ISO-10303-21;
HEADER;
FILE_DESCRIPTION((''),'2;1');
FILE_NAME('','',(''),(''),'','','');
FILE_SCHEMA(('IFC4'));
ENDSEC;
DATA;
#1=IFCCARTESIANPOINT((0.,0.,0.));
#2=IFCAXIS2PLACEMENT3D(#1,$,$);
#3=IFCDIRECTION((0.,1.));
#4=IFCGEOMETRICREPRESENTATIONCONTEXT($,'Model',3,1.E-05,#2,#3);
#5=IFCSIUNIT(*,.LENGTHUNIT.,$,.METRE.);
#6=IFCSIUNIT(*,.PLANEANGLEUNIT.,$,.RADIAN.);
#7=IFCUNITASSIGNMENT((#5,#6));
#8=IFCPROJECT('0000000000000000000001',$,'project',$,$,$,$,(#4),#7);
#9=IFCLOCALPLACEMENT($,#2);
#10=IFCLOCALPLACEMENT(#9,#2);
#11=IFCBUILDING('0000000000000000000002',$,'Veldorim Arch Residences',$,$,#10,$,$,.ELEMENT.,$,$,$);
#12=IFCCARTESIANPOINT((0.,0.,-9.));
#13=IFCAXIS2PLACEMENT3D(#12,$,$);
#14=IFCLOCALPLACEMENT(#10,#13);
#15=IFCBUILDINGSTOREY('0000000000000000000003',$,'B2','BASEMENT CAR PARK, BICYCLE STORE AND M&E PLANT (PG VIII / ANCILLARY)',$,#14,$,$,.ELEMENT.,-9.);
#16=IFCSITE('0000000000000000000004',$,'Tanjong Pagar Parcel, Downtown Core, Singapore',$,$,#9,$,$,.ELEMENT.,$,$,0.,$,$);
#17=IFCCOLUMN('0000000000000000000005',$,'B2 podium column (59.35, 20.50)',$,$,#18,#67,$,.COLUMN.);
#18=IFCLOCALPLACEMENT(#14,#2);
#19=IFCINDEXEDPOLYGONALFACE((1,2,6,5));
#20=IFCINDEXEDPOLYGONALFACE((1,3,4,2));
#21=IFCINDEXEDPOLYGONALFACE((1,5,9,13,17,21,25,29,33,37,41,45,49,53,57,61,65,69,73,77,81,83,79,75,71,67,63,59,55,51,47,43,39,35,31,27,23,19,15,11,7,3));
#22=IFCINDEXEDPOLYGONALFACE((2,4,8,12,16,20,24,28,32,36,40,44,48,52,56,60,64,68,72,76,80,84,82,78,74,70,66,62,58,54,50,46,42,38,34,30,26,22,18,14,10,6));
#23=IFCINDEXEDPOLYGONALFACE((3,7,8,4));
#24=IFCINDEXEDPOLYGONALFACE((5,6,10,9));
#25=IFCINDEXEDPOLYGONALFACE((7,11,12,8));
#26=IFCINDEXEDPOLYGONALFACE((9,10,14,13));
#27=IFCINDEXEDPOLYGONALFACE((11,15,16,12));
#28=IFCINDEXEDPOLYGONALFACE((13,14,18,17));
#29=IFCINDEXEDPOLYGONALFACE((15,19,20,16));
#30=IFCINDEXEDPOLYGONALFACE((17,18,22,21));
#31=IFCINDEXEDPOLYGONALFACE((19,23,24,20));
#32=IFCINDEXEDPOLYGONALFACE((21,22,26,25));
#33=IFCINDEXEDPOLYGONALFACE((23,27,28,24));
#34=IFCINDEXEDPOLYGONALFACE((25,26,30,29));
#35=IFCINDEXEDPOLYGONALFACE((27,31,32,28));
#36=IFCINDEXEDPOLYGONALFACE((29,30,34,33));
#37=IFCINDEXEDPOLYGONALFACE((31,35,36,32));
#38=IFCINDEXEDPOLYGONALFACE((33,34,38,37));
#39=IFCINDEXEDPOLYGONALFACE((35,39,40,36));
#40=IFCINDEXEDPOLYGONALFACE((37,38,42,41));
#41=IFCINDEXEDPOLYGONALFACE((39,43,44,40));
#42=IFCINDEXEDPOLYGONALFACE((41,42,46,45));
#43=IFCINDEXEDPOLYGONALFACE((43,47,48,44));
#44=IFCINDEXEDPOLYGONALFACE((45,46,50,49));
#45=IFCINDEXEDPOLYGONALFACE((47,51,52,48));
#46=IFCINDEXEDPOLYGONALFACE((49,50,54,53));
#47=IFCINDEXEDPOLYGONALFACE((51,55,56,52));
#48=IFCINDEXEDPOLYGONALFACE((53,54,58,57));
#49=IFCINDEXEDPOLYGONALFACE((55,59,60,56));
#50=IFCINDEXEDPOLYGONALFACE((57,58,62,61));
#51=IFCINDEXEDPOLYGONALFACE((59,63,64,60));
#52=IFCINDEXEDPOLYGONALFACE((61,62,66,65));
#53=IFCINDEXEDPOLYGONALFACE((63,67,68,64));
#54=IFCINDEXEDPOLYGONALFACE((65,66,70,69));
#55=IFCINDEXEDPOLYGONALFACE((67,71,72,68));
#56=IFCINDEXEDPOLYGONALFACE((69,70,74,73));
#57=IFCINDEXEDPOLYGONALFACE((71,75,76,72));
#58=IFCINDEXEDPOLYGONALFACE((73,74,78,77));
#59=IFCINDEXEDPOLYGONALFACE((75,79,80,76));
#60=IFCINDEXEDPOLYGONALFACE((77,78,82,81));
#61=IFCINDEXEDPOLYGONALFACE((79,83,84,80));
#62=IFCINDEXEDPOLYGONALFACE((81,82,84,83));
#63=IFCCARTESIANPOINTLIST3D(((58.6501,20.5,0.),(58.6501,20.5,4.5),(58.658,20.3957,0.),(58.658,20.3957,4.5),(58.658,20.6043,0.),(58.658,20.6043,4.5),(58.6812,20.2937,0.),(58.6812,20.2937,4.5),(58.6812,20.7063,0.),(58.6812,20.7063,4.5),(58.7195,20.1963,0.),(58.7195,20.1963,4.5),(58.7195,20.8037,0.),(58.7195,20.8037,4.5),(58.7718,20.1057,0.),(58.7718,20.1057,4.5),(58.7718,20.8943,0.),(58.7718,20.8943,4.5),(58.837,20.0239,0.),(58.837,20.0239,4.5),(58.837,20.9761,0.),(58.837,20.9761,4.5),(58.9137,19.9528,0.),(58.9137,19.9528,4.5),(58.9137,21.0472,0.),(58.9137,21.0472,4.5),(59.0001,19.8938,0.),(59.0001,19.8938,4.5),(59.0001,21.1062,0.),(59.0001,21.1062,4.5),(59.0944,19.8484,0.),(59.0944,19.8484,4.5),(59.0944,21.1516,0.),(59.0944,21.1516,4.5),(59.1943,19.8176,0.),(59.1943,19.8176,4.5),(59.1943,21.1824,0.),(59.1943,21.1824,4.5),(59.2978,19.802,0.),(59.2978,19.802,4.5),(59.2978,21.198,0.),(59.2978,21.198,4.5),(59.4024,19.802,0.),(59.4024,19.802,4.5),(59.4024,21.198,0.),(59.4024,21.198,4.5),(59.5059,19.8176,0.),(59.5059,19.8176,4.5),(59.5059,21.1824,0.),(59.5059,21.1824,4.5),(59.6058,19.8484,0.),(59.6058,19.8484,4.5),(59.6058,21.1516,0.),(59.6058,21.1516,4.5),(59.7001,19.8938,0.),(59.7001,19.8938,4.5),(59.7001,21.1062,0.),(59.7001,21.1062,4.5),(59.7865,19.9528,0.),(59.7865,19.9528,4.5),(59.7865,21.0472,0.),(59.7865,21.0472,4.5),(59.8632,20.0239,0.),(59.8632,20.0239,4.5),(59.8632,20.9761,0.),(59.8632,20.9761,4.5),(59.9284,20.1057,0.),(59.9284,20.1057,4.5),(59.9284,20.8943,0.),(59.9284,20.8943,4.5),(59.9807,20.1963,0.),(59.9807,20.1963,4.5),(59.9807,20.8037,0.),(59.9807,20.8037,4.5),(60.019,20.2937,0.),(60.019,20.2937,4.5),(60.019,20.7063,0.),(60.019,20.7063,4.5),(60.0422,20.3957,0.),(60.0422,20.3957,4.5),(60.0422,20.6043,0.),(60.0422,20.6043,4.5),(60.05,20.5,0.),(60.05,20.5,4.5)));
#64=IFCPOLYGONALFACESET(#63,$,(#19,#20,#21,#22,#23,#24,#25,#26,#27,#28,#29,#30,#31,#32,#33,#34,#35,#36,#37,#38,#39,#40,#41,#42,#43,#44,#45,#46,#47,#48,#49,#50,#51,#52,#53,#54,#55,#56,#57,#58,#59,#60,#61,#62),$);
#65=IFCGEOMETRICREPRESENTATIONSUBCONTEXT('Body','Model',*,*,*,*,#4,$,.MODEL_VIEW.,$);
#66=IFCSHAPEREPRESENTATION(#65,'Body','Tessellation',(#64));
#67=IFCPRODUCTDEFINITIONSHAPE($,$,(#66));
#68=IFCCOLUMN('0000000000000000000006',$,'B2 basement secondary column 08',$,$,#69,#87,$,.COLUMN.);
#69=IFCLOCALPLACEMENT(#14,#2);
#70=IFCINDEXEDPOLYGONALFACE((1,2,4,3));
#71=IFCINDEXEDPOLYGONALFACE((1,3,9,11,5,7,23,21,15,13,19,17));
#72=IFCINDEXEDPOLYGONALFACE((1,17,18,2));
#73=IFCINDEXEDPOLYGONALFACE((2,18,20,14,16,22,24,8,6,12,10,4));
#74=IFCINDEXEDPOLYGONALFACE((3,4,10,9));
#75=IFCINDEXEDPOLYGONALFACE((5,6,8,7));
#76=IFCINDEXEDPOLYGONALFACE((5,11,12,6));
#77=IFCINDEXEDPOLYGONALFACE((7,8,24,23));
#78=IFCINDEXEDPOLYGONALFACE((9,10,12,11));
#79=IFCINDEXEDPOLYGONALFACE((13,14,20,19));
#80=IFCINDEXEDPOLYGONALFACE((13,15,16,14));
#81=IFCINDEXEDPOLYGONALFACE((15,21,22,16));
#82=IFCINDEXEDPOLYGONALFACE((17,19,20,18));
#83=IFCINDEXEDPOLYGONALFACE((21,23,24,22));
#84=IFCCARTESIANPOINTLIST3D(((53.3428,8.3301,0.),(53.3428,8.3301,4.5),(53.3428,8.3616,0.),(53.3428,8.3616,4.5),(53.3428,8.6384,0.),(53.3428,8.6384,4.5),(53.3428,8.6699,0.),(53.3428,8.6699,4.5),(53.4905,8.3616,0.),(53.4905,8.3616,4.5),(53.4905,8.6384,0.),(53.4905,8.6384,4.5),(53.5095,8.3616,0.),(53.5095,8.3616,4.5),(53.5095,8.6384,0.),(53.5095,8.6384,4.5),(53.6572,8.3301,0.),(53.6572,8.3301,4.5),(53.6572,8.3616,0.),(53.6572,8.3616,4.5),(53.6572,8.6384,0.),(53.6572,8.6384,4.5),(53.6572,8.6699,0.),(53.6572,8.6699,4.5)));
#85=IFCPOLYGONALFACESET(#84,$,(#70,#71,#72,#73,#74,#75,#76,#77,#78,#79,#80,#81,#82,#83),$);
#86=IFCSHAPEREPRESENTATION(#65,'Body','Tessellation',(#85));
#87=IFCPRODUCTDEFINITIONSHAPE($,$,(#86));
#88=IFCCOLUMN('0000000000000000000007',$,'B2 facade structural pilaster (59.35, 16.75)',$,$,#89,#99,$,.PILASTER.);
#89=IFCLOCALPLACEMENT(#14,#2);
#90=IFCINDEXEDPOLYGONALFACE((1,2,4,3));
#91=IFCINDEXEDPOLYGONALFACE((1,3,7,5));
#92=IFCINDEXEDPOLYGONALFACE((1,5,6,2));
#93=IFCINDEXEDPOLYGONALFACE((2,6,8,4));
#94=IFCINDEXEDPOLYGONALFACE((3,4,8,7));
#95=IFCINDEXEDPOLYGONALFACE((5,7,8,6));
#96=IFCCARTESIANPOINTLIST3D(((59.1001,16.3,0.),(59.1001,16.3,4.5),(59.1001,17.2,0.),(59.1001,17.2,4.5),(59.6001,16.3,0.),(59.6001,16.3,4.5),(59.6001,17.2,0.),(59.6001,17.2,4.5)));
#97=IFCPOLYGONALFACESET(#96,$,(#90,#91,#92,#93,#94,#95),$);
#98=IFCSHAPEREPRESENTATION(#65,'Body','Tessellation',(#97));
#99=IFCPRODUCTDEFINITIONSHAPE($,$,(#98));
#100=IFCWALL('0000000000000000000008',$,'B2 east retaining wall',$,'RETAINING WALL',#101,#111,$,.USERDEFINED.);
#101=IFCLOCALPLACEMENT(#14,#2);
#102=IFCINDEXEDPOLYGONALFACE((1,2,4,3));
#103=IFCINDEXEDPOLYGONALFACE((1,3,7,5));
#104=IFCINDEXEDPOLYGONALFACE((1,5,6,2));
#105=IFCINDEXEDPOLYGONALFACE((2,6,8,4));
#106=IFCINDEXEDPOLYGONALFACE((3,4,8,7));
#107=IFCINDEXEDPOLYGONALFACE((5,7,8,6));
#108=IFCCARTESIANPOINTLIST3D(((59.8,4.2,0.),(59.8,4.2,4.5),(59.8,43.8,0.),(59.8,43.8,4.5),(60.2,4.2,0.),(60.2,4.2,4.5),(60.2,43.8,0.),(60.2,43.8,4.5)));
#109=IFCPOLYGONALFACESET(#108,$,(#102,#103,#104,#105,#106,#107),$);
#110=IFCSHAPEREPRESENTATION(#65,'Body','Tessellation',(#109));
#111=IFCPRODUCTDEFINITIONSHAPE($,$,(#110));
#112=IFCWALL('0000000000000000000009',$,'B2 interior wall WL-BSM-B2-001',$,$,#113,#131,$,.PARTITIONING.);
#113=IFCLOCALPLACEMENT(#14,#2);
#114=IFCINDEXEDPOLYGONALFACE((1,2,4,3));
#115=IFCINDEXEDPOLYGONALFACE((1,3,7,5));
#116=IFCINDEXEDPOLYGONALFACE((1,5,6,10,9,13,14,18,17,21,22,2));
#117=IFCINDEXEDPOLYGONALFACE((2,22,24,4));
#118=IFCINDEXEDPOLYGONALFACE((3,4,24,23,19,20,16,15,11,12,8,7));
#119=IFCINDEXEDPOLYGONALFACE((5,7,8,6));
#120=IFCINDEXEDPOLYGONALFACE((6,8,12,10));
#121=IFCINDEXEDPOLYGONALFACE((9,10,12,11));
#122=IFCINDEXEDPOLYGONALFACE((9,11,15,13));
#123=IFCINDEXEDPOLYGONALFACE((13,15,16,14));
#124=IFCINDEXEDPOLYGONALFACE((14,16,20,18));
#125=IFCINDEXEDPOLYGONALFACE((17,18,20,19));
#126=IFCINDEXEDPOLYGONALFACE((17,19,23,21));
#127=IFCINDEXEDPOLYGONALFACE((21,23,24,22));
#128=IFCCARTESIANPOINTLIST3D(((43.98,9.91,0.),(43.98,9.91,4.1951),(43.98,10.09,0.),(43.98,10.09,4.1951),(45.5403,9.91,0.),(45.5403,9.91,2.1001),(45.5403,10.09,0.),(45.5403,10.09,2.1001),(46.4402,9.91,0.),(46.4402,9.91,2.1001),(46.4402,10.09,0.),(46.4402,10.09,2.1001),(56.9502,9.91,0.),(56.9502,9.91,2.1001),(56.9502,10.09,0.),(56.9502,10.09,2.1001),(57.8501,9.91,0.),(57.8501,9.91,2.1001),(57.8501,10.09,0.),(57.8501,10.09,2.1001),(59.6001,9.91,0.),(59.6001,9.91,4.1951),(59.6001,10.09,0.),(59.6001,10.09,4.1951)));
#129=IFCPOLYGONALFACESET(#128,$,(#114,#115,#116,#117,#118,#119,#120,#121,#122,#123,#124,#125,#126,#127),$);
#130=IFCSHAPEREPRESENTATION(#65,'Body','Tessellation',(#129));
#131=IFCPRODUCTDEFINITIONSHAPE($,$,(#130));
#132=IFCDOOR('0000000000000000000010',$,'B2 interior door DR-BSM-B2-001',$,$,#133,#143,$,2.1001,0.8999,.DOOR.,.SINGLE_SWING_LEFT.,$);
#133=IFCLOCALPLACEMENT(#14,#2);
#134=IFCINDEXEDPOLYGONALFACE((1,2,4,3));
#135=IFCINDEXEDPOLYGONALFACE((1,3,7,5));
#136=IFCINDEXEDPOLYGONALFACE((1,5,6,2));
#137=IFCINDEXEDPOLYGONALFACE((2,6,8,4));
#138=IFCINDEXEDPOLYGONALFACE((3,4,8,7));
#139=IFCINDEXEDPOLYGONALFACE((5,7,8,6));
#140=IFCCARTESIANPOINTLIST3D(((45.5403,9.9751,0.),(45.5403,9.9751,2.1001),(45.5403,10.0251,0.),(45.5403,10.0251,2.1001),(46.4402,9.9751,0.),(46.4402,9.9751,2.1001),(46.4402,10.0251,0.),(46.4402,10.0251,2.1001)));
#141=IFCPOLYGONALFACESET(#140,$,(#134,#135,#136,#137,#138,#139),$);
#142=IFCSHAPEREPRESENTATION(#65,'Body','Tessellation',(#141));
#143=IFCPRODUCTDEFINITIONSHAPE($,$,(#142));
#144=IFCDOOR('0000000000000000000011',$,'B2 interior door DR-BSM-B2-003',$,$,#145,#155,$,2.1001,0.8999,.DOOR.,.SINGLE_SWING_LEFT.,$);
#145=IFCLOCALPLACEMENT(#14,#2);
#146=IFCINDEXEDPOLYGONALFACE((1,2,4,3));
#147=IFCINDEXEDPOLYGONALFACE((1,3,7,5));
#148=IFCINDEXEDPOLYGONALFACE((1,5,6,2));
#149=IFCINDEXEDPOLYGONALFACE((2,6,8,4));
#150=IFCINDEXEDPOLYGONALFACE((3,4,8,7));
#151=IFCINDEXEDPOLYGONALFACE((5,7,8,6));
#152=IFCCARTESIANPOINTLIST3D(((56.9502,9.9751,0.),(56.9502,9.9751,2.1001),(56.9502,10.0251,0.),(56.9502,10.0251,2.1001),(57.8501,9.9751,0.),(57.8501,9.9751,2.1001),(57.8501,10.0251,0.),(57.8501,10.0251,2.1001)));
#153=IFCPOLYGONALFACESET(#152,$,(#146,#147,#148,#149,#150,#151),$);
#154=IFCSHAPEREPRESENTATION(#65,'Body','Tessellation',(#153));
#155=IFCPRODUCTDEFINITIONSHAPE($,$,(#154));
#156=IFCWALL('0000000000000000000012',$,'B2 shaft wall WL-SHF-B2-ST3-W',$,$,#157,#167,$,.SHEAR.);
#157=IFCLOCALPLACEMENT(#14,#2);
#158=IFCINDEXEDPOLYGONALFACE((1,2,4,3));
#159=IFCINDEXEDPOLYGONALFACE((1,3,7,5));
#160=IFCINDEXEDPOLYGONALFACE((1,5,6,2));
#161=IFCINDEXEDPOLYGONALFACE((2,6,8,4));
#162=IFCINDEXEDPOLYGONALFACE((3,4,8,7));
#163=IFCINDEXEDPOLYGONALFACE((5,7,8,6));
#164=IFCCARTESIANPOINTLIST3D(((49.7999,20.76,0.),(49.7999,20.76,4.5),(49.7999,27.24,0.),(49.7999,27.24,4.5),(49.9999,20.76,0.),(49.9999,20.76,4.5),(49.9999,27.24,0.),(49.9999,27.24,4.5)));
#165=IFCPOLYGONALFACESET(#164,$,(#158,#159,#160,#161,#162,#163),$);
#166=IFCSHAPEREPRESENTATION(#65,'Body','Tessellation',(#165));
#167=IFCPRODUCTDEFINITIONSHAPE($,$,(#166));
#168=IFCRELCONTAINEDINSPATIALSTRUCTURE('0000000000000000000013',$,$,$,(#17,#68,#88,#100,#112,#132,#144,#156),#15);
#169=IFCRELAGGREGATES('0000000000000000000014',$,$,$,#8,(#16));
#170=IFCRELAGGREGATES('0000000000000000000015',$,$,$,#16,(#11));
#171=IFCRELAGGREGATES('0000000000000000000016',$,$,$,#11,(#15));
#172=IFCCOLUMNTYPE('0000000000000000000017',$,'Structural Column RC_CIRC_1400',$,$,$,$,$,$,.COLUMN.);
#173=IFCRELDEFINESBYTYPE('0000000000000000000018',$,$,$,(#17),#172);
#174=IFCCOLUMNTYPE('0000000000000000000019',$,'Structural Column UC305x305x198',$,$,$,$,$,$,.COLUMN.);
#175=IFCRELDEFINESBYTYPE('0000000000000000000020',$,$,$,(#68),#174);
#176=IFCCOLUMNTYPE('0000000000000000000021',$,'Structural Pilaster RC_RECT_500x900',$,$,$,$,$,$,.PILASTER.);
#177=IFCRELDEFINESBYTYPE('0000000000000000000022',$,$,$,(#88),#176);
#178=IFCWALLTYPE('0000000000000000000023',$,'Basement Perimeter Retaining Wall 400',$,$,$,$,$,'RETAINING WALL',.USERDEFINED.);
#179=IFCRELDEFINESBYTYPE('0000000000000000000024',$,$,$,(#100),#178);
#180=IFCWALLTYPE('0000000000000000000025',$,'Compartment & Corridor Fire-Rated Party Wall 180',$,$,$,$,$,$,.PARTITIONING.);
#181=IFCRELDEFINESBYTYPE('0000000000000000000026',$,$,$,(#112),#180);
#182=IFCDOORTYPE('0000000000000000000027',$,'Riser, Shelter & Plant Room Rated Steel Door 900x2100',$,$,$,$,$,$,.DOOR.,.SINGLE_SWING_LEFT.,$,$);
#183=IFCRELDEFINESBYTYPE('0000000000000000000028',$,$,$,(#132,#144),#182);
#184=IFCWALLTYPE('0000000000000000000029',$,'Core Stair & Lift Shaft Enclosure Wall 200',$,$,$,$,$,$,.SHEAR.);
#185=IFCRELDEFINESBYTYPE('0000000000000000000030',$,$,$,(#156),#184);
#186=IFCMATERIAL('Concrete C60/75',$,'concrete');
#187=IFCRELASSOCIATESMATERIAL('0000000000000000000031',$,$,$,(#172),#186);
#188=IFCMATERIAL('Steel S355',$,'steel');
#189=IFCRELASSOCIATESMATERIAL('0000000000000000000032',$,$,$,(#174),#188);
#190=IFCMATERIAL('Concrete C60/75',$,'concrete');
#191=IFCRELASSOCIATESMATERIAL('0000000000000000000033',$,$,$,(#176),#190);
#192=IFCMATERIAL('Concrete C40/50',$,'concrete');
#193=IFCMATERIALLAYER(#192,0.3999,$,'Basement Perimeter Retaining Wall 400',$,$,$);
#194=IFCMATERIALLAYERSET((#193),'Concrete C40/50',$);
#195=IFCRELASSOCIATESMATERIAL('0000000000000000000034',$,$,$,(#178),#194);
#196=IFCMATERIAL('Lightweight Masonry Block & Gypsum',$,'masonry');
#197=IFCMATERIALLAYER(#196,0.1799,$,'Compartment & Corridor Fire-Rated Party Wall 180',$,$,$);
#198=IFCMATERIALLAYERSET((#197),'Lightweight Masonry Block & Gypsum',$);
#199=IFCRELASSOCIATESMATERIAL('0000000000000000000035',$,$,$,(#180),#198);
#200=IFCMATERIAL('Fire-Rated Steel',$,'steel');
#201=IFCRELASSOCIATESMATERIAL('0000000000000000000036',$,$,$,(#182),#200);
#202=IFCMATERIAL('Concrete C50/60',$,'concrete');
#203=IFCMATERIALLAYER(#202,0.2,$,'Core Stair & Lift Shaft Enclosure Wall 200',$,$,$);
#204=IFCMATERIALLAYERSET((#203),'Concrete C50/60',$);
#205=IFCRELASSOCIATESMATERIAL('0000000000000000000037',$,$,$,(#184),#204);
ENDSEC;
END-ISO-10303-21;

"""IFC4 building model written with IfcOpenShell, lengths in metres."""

from ifc_helpers import new_model, si_unit, direction, frame, frame_2d, origin, origin_2d, place, context, subcontext, project, spatial, rectangle, circle, i_section, extrude, material, layer, layer_set, material_profile, profile_set, type_object, element, fill, save


model = new_model("IFC4")

# Units and contexts
model_context = context("Model", 3, precision=1e-05, world=origin(), true_north=direction((0.0, 1.0)))
body_context = subcontext(model_context, "Body", "Model", "MODEL_VIEW")
ifc_project = project(units=[si_unit("LENGTHUNIT", "METRE"), si_unit("PLANEANGLEUNIT", "RADIAN")], contexts=[model_context])

# Site, building, storey
site_placement = place(None, origin())
site = spatial("IfcSite", under=ifc_project, at=site_placement, Name="Tanjong Pagar Parcel, Downtown Core, Singapore", CompositionType="ELEMENT", RefElevation=0.0)
building_placement = place(site_placement, origin())
building = spatial("IfcBuilding", under=site, at=building_placement, Name="Veldorim Arch Residences", CompositionType="ELEMENT")
storey_placement = place(building_placement, frame((0.0, 0.0, -9.0)))
storey = spatial("IfcBuildingStorey", under=building, at=storey_placement, Name="B2", Description="BASEMENT CAR PARK, BICYCLE STORE AND M&E PLANT (PG VIII / ANCILLARY)", CompositionType="ELEMENT", Elevation=-9.0)

# Columns
ifc_material_1 = material(Name="Concrete C60/75", Category="concrete")
ifc_material_profile_1 = material_profile(ifc_material_1, circle(Radius=0.7, at=origin_2d()), Name="RC_CIRC_1400")
ifc_profile_set_1 = profile_set([ifc_material_profile_1], Name="Concrete C60/75")
column_type_1 = type_object("IfcColumnType", Name="Structural Column RC_CIRC_1400", PredefinedType="COLUMN", material=ifc_profile_set_1)
for number, where, z_axis, x_axis, name in (
    (1, (59.3501, 20.5, 0.0), (0.0, 0.0, 1.0), (1.0, 0.0, 0.0), "B2 podium column (59.35, 20.50)"),
):
    element("IfcColumn", number, at=place(storey_placement, frame(where, z_axis=z_axis, x_axis=x_axis)), inside=storey, type_object=column_type_1, Name=name, PredefinedType="COLUMN", context=body_context, shape_type="SweptSolid", body=[
        extrude(circle(Radius=0.7, at=origin_2d()), origin(), (0.0, 0.0, 1.0), 4.5),
    ])
ifc_material_2 = material(Name="Steel S355", Category="steel")
ifc_material_profile_2 = material_profile(ifc_material_2, i_section(OverallWidth=0.3145, OverallDepth=0.3398, WebThickness=0.019, FlangeThickness=0.0315, at=origin_2d()), Name="UC305x305x198")
ifc_profile_set_2 = profile_set([ifc_material_profile_2], Name="Steel S355")
column_type_2 = type_object("IfcColumnType", Name="Structural Column UC305x305x198", PredefinedType="COLUMN", material=ifc_profile_set_2)
column_1_placement = place(storey_placement, frame((53.5, 8.5, 0.0), z_axis=(0.0, 0.0, 1.0), x_axis=(1.0, 0.0, 0.0)))
element("IfcColumn", 2, at=column_1_placement, inside=storey, type_object=column_type_2, Name="B2 basement secondary column 08", PredefinedType="COLUMN", context=body_context, shape_type="SweptSolid", body=[
    extrude(i_section(OverallWidth=0.3145, OverallDepth=0.3398, WebThickness=0.019, FlangeThickness=0.0315, at=origin_2d()), origin(), (0.0, 0.0, 1.0), 4.5),
])
ifc_material_3 = material(Name="Concrete C60/75", Category="concrete")
ifc_material_profile_3 = material_profile(ifc_material_3, rectangle(XDim=0.5, YDim=0.8999, at=origin_2d()), Name="RC_RECT_500x900")
ifc_profile_set_3 = profile_set([ifc_material_profile_3], Name="Concrete C60/75")
column_type_3 = type_object("IfcColumnType", Name="Structural Pilaster RC_RECT_500x900", PredefinedType="PILASTER", material=ifc_profile_set_3)
column_2_placement = place(storey_placement, frame((59.3501, 16.75, 0.0), z_axis=(0.0, 0.0, 1.0), x_axis=(1.0, 0.0, 0.0)))
element("IfcColumn", 3, at=column_2_placement, inside=storey, type_object=column_type_3, Name="B2 facade structural pilaster (59.35, 16.75)", PredefinedType="PILASTER", context=body_context, shape_type="SweptSolid", body=[
    extrude(rectangle(XDim=0.5, YDim=0.8999, at=origin_2d()), origin(), (0.0, 0.0, 1.0), 4.5),
])

# Wall
ifc_material_4 = material(Name="Concrete C40/50", Category="concrete")
ifc_layer_1 = layer(ifc_material_4, 0.3999, Name="Basement Perimeter Retaining Wall 400")
ifc_layer_set_1 = layer_set([ifc_layer_1], Name="Concrete C40/50")
wall_type_1 = type_object("IfcWallType", Name="Basement Perimeter Retaining Wall 400", ElementType="RETAINING WALL", PredefinedType="USERDEFINED", material=ifc_layer_set_1)
wall_1_placement = place(storey_placement, frame((60.0, 4.2, 0.0), z_axis=(0.0, 0.0, 1.0), x_axis=(0.0, 1.0, 0.0)))
element("IfcWall", 4, at=wall_1_placement, inside=storey, type_object=wall_type_1, Name="B2 east retaining wall", ObjectType="RETAINING WALL", PredefinedType="USERDEFINED", context=body_context, shape_type="SweptSolid", body=[
    extrude(rectangle(XDim=39.6001, YDim=0.3999, at=frame_2d((19.8, 0.0))), origin(), (0.0, 0.0, 1.0), 4.5),
])

# Wall, openings, doors
ifc_material_5 = material(Name="Lightweight Masonry Block & Gypsum", Category="masonry")
ifc_layer_2 = layer(ifc_material_5, 0.1799, Name="Compartment & Corridor Fire-Rated Party Wall 180")
ifc_layer_set_2 = layer_set([ifc_layer_2], Name="Lightweight Masonry Block & Gypsum")
wall_type_2 = type_object("IfcWallType", Name="Compartment & Corridor Fire-Rated Party Wall 180", PredefinedType="PARTITIONING", material=ifc_layer_set_2)
wall_2_placement = place(storey_placement, frame((59.6001, 10.0, 0.0), z_axis=(0.0, 0.0, 1.0), x_axis=(-1.0, 0.0, 0.0)))
wall_2 = element("IfcWall", 5, at=wall_2_placement, inside=storey, type_object=wall_type_2, Name="B2 interior wall WL-BSM-B2-001", PredefinedType="PARTITIONING", context=body_context, shape_type="SweptSolid", body=[
    extrude(rectangle(XDim=15.6201, YDim=0.1799, at=frame_2d((7.8101, 0.0))), origin(), (0.0, 0.0, 1.0), 4.1951),
])
opening_1_placement = place(wall_2_placement, frame((13.1599, 0.0, 0.0)))
opening_1 = element("IfcOpeningElement", 6, at=opening_1_placement, cuts=wall_2, PredefinedType="OPENING", context=body_context, shape_type="SweptSolid", body=[
    extrude(rectangle(XDim=0.8999, YDim=2.1001, at=frame_2d((0.45, 1.05))), frame((0.0, 0.0999, 0.0), z_axis=(0.0, -1.0, 0.0), x_axis=(1.0, 0.0, 0.0)), (0.0, 0.0, 1.0), 0.2),
])
opening_2_placement = place(wall_2_placement, frame((1.75, 0.0, 0.0)))
opening_2 = element("IfcOpeningElement", 7, at=opening_2_placement, cuts=wall_2, PredefinedType="OPENING", context=body_context, shape_type="SweptSolid", body=[
    extrude(rectangle(XDim=0.8999, YDim=2.1001, at=frame_2d((0.45, 1.05))), frame((0.0, 0.0999, 0.0), z_axis=(0.0, -1.0, 0.0), x_axis=(1.0, 0.0, 0.0)), (0.0, 0.0, 1.0), 0.2),
])
ifc_material_6 = material(Name="Fire-Rated Steel", Category="steel")
door_type_1 = type_object("IfcDoorType", Name="Riser, Shelter & Plant Room Rated Steel Door 900x2100", OperationType="SINGLE_SWING_LEFT", PredefinedType="DOOR", material=ifc_material_6)
door_1_placement = place(opening_1_placement, origin())
door_1 = element("IfcDoor", 8, at=door_1_placement, inside=storey, type_object=door_type_1, Name="B2 interior door DR-BSM-B2-001", OperationType="SINGLE_SWING_LEFT", OverallHeight=2.1001, OverallWidth=0.8999, PredefinedType="DOOR", context=body_context, shape_type="SweptSolid", body=[
    extrude(rectangle(XDim=0.8999, YDim=2.1001, at=frame_2d((0.45, 1.05))), frame((0.0, 0.0249, 0.0), z_axis=(0.0, -1.0, 0.0), x_axis=(1.0, 0.0, 0.0)), (0.0, 0.0, 1.0), 0.05),
])
fill(opening_1, door_1)
door_2_placement = place(opening_2_placement, origin())
door_2 = element("IfcDoor", 9, at=door_2_placement, inside=storey, type_object=door_type_1, Name="B2 interior door DR-BSM-B2-003", OperationType="SINGLE_SWING_LEFT", OverallHeight=2.1001, OverallWidth=0.8999, PredefinedType="DOOR", context=body_context, shape_type="SweptSolid", body=[
    extrude(rectangle(XDim=0.8999, YDim=2.1001, at=frame_2d((0.45, 1.05))), frame((0.0, 0.0249, 0.0), z_axis=(0.0, -1.0, 0.0), x_axis=(1.0, 0.0, 0.0)), (0.0, 0.0, 1.0), 0.05),
])
fill(opening_2, door_2)

# Wall
ifc_material_7 = material(Name="Concrete C50/60", Category="concrete")
ifc_layer_3 = layer(ifc_material_7, 0.2, Name="Core Stair & Lift Shaft Enclosure Wall 200")
ifc_layer_set_3 = layer_set([ifc_layer_3], Name="Concrete C50/60")
wall_type_3 = type_object("IfcWallType", Name="Core Stair & Lift Shaft Enclosure Wall 200", PredefinedType="SHEAR", material=ifc_layer_set_3)
for number, where, z_axis, x_axis, name in (
    (10, (49.8999, 20.76, 0.0), (0.0, 0.0, 1.0), (0.0, 1.0, 0.0), "B2 shaft wall WL-SHF-B2-ST3-W"),
):
    element("IfcWall", number, at=place(storey_placement, frame(where, z_axis=z_axis, x_axis=x_axis)), inside=storey, type_object=wall_type_3, Name=name, PredefinedType="SHEAR", context=body_context, shape_type="SweptSolid", body=[
        extrude(rectangle(XDim=6.48, YDim=0.2, at=frame_2d((3.24, 0.0))), origin(), (0.0, 0.0, 1.0), 4.5),
    ])

save(model, "model.ifc")
